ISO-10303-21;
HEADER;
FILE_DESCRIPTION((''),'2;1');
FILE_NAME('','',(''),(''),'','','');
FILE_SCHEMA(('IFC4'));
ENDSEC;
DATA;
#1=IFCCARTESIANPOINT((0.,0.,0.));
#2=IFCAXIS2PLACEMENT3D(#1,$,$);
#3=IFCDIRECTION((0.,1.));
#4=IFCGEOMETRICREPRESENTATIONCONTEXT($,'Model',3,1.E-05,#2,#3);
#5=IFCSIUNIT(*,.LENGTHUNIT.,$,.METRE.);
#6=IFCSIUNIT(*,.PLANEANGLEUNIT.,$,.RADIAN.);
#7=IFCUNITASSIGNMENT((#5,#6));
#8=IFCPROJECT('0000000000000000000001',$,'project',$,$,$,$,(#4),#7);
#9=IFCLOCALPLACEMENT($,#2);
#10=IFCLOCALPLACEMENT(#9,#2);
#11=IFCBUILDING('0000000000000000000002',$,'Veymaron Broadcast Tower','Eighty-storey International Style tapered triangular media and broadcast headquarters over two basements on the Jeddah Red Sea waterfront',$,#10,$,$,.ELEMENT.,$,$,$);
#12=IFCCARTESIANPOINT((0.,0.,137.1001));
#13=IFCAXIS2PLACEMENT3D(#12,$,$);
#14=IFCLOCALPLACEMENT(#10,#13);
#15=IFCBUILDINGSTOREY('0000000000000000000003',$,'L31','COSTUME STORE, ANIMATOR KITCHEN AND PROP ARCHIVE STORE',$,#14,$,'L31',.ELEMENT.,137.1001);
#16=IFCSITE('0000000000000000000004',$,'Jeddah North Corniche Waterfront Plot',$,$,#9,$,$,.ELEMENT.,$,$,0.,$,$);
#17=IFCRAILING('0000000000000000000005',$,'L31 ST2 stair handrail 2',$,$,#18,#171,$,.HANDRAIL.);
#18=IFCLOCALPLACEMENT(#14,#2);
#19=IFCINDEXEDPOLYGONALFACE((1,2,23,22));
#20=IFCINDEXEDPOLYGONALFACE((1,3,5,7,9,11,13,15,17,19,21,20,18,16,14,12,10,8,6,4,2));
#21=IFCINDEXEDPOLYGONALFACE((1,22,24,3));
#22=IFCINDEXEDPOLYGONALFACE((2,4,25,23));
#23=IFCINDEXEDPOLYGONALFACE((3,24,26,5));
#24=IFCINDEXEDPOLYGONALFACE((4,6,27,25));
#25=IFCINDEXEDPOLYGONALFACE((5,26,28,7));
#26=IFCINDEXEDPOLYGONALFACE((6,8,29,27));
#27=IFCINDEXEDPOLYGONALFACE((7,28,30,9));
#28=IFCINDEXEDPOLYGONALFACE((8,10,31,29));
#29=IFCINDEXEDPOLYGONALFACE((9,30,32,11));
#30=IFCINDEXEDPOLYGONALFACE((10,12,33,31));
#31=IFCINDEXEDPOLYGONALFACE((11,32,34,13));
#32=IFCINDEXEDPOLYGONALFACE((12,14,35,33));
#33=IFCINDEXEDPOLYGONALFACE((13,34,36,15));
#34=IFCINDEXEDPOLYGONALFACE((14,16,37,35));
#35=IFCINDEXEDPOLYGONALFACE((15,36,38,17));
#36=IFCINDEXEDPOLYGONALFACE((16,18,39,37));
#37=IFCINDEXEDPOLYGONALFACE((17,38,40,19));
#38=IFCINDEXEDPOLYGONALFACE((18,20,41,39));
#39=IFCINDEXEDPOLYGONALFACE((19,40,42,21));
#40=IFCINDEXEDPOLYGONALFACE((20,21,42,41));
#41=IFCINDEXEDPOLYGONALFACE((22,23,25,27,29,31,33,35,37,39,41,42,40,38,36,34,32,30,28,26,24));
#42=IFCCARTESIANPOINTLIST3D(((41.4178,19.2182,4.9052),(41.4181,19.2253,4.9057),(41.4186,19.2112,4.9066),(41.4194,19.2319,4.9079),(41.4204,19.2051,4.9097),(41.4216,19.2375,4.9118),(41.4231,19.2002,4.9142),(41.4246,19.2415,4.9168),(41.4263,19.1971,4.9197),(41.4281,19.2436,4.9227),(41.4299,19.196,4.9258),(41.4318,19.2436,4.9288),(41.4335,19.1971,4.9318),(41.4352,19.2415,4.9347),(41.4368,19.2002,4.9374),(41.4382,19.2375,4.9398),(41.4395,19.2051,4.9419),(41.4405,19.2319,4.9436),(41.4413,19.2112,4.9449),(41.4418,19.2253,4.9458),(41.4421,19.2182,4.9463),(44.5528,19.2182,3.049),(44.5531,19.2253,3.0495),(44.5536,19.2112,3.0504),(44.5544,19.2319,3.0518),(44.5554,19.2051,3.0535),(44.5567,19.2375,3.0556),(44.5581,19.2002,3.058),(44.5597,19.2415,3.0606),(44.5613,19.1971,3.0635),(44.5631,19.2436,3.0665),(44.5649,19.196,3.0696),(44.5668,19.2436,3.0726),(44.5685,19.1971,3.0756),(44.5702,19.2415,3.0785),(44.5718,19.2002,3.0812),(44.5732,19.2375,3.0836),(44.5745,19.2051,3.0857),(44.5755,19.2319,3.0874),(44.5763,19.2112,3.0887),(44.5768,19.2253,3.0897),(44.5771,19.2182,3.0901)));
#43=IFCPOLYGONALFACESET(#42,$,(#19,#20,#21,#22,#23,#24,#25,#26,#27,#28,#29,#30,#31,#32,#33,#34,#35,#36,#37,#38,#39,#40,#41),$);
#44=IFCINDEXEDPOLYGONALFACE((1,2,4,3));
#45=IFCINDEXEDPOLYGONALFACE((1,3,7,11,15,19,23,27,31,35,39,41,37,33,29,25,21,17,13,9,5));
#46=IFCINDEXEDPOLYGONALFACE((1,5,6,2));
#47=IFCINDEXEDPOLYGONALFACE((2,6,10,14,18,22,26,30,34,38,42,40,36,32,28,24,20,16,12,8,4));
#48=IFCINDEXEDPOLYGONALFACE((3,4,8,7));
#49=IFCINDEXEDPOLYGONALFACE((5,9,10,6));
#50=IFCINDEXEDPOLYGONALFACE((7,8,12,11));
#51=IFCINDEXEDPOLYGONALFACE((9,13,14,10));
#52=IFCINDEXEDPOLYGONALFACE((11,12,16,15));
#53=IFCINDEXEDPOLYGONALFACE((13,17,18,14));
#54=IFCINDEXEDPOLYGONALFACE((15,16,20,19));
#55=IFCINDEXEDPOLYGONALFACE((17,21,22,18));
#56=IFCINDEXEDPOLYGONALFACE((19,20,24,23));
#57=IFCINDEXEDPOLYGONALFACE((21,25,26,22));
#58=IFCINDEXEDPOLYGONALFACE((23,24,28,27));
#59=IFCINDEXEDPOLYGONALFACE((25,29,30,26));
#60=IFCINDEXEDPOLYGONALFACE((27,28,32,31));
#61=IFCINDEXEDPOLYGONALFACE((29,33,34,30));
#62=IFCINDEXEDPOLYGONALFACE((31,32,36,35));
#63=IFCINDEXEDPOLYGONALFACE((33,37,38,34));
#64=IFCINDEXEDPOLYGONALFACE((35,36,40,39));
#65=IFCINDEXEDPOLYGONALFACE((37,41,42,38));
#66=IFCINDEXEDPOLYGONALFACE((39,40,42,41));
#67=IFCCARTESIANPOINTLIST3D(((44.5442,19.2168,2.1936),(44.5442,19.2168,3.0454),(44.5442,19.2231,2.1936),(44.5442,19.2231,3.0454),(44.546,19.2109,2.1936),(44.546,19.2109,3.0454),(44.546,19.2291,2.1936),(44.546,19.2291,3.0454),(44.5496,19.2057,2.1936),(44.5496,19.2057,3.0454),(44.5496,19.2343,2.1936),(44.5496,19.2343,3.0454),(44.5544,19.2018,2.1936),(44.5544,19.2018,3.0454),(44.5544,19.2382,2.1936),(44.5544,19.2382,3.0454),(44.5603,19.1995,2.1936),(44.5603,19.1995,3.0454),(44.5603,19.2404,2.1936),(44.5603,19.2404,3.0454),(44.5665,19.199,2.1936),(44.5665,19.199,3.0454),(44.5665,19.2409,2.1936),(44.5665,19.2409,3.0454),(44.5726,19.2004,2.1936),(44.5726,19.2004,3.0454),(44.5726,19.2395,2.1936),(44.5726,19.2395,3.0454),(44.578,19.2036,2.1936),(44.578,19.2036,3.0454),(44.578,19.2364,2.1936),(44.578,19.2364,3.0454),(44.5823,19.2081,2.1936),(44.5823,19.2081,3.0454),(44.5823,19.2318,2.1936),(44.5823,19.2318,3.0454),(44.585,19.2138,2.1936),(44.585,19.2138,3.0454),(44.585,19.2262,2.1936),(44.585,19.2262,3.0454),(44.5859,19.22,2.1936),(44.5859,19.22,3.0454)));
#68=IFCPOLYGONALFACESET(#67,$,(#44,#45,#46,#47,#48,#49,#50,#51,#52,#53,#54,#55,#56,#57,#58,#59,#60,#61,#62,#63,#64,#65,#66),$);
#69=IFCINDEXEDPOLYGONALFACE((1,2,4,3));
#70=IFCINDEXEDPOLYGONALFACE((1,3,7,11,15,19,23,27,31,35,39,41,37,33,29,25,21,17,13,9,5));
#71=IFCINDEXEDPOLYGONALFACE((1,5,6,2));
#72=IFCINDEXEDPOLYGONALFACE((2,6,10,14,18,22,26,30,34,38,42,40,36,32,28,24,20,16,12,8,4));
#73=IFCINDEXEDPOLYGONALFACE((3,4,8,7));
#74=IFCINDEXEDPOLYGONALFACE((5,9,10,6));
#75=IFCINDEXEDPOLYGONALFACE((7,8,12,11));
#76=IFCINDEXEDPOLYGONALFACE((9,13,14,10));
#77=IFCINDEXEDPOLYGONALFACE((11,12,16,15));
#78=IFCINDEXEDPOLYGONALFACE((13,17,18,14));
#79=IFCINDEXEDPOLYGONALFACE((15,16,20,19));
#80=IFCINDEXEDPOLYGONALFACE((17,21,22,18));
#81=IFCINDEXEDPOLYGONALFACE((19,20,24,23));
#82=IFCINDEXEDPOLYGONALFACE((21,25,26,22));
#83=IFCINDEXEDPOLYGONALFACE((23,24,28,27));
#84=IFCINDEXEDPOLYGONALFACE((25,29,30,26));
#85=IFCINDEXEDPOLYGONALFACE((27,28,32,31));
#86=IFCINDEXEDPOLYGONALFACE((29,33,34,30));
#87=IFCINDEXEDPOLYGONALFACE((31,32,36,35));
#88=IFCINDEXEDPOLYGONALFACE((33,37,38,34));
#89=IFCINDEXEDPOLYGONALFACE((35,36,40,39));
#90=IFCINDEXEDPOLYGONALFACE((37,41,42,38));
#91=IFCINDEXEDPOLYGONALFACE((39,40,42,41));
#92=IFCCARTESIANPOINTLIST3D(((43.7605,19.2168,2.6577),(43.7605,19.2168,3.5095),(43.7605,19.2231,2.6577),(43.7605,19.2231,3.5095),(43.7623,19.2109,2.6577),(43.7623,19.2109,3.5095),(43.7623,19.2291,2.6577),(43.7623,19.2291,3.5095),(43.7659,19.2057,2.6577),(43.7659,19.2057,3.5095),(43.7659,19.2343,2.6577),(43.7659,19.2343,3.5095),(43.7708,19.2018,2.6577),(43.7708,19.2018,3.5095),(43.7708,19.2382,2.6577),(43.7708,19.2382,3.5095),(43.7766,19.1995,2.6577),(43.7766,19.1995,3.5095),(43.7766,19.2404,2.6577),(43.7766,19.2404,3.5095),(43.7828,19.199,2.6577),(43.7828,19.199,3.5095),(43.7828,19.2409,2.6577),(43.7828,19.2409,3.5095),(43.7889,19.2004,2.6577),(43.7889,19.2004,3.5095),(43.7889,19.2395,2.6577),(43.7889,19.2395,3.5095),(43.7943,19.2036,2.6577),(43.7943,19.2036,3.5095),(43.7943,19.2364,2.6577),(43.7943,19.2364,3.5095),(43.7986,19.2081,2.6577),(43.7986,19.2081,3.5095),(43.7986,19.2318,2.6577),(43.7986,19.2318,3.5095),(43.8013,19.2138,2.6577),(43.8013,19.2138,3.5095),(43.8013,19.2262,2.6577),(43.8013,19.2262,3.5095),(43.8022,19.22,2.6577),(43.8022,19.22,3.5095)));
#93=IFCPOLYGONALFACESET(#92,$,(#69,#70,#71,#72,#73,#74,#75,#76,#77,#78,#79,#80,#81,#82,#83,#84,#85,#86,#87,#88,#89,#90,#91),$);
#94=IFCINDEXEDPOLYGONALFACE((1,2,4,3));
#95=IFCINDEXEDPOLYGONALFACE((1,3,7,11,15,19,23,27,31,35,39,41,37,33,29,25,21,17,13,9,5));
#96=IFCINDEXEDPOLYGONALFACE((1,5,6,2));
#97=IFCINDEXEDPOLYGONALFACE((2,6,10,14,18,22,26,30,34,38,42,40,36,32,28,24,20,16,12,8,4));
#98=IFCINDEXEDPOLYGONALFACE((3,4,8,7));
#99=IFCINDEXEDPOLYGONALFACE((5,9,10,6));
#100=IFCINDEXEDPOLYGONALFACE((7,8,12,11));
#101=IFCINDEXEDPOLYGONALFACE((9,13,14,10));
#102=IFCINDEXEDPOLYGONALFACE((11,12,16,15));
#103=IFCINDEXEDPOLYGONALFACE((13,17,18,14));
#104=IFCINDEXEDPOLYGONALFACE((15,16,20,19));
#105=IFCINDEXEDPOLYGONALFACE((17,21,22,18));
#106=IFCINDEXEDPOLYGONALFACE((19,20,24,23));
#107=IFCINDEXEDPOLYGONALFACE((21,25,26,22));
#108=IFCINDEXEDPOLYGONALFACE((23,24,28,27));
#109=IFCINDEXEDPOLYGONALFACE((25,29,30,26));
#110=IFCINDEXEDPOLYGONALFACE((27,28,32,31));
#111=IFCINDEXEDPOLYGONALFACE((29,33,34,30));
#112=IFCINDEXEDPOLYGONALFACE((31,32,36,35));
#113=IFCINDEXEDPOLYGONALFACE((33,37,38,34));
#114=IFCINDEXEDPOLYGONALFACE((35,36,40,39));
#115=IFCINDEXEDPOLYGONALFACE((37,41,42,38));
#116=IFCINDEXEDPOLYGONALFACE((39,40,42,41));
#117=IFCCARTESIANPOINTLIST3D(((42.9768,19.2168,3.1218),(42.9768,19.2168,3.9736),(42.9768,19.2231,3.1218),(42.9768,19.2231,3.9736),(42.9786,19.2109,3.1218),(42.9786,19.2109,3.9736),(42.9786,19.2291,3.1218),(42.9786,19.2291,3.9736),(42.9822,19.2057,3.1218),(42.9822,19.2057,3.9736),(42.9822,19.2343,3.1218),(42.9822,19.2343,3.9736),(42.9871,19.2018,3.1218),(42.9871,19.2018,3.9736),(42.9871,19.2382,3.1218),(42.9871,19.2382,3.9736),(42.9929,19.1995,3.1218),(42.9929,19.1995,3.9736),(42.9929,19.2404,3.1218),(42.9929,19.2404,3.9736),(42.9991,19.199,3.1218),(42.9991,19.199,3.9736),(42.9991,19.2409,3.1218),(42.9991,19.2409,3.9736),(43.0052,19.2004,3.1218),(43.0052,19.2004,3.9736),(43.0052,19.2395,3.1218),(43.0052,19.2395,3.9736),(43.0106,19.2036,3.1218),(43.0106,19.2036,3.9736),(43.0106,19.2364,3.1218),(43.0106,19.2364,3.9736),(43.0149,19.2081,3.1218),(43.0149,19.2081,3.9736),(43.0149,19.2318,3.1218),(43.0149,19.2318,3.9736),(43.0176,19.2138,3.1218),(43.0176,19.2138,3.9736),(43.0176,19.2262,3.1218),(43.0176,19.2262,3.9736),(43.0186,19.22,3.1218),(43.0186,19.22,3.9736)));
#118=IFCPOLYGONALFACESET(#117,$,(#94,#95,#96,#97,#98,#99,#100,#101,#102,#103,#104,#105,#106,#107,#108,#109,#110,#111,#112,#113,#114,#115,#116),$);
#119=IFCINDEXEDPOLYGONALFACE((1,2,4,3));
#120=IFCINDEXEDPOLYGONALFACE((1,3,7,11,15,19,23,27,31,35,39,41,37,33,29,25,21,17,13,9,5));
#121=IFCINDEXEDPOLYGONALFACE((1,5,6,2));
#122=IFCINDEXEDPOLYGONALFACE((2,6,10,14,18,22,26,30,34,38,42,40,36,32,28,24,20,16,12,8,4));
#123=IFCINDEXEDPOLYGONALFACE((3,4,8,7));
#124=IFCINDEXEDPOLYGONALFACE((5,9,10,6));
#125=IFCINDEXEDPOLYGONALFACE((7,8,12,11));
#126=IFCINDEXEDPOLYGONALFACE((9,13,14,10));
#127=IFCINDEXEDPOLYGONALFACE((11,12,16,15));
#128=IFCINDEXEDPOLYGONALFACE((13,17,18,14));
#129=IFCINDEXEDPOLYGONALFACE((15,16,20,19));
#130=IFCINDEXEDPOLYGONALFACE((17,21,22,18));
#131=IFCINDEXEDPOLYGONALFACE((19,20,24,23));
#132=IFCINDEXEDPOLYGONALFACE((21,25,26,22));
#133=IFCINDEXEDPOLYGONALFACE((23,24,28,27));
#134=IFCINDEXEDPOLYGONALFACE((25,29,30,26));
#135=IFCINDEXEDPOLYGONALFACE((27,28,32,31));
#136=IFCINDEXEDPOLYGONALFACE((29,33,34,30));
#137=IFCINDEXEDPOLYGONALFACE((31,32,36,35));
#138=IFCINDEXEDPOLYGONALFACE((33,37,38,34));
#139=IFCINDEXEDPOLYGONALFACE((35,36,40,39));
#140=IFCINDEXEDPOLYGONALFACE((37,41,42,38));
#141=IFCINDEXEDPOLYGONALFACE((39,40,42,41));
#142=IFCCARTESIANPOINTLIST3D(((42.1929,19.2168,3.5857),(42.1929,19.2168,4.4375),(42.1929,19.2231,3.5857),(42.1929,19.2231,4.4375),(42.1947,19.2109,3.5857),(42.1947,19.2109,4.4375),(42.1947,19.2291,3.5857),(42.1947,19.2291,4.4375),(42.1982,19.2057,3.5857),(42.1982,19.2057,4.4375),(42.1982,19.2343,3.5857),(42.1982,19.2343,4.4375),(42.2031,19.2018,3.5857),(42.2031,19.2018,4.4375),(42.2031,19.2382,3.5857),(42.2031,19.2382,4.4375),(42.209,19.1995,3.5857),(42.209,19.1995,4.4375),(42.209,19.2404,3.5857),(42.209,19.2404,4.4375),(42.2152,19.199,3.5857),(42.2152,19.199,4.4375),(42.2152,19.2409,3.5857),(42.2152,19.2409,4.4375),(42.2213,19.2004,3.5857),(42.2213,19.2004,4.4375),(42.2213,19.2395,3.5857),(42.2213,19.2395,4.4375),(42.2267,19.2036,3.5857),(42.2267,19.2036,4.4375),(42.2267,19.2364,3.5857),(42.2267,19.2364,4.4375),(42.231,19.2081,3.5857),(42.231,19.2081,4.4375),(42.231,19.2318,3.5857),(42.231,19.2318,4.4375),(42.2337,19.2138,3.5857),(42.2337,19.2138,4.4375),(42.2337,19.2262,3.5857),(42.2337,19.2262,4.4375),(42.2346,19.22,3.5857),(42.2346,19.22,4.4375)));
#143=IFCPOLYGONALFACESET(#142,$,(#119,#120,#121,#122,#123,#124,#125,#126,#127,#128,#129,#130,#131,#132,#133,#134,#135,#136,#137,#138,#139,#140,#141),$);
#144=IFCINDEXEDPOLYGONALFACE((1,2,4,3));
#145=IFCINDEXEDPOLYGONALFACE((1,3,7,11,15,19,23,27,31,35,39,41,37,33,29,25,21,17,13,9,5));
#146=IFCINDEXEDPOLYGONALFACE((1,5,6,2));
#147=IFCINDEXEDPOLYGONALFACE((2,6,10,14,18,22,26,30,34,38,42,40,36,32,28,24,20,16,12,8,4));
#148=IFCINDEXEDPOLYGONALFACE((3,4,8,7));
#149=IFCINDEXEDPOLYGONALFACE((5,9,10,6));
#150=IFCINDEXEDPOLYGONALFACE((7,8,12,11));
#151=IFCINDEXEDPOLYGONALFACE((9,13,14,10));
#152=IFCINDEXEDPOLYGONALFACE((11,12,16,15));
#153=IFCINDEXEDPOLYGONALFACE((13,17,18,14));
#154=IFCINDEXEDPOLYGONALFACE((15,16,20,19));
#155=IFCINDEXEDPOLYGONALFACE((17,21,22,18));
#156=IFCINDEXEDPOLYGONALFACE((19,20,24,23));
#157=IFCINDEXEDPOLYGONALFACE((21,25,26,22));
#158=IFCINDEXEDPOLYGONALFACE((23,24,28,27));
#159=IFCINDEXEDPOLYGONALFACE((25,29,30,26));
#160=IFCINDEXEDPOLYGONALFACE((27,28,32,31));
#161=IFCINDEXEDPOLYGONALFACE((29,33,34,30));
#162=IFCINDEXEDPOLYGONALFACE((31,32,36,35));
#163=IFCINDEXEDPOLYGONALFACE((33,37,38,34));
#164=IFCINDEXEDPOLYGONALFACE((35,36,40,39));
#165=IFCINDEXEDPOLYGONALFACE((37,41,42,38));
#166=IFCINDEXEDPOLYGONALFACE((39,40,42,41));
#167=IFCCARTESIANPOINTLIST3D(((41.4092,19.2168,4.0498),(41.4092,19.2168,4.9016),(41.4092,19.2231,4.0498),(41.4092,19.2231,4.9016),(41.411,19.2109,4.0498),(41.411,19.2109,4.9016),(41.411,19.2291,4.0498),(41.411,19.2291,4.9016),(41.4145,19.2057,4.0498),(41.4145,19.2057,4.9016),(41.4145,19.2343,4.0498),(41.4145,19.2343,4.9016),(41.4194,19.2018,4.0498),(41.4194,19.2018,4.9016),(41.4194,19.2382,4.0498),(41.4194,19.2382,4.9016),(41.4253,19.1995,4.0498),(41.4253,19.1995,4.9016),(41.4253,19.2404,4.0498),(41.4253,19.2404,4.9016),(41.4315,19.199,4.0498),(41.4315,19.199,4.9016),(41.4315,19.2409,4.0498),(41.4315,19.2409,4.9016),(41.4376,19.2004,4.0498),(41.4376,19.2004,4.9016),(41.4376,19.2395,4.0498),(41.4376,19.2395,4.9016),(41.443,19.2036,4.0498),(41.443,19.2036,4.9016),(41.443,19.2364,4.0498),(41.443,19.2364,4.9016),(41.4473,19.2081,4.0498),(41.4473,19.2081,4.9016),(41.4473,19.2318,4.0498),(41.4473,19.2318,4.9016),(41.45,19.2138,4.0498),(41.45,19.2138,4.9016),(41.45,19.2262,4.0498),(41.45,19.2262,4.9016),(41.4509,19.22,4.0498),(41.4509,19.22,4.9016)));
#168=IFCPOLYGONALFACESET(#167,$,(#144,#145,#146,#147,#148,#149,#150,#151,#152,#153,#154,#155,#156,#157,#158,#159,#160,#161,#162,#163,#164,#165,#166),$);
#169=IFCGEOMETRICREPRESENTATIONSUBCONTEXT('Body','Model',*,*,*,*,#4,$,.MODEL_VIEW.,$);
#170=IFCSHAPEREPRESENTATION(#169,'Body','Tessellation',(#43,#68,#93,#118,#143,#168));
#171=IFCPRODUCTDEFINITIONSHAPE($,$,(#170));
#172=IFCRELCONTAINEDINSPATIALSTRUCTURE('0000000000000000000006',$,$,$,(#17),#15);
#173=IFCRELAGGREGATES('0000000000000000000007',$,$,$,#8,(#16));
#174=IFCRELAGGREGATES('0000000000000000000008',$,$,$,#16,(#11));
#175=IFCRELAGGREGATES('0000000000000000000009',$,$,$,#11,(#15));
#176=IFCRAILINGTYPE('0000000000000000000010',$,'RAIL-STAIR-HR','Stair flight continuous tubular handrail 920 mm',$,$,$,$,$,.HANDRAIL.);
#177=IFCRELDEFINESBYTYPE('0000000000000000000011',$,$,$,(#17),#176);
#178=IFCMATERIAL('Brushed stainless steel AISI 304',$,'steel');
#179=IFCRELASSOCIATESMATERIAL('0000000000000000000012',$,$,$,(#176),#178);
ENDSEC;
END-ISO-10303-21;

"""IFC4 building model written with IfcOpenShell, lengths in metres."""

from ifc_helpers import new_model, si_unit, direction, frame, origin, origin_2d, place, context, subcontext, project, spatial, circle, extrude, material, type_object, element, save


model = new_model("IFC4")

# Units and contexts
model_context = context("Model", 3, precision=1e-05, world=origin(), true_north=direction((0.0, 1.0)))
body_context = subcontext(model_context, "Body", "Model", "MODEL_VIEW")
ifc_project = project(units=[si_unit("LENGTHUNIT", "METRE"), si_unit("PLANEANGLEUNIT", "RADIAN")], contexts=[model_context])

# Site, building, storey
site_placement = place(None, origin())
site = spatial("IfcSite", under=ifc_project, at=site_placement, Name="Jeddah North Corniche Waterfront Plot", CompositionType="ELEMENT", RefElevation=0.0)
building_placement = place(site_placement, origin())
building = spatial("IfcBuilding", under=site, at=building_placement, Name="Veymaron Broadcast Tower", Description="Eighty-storey International Style tapered triangular media and broadcast headquarters over two basements on the Jeddah Red Sea waterfront", CompositionType="ELEMENT")
storey_placement = place(building_placement, frame((0.0, 0.0, 137.1001)))
storey = spatial("IfcBuildingStorey", under=building, at=storey_placement, Name="L31", Description="COSTUME STORE, ANIMATOR KITCHEN AND PROP ARCHIVE STORE", LongName="L31", CompositionType="ELEMENT", Elevation=137.1001)

# Railing
ifc_material_1 = material(Name="Brushed stainless steel AISI 304", Category="steel")
railing_type_1 = type_object("IfcRailingType", Name="RAIL-STAIR-HR", Description="Stair flight continuous tubular handrail 920 mm", PredefinedType="HANDRAIL", material=ifc_material_1)
railing_1_placement = place(storey_placement, frame((44.5649, 19.22, 2.1936)))
element("IfcRailing", 1, at=railing_1_placement, inside=storey, type_object=railing_type_1, Name="L31 ST2 stair handrail 2", PredefinedType="HANDRAIL", context=body_context, shape_type="SweptSolid", body=[
    extrude(circle(Radius=0.0239, at=origin_2d()), frame((0.0, 0.0, 0.876), z_axis=(-0.860482, 0.0, 0.509481), x_axis=(0.0, -1.0, 0.0)), (0.0, 0.0, 1.0), 3.6433),
    extrude(circle(Radius=0.021, at=origin_2d()), origin(), (0.0, 0.0, 1.0), 0.8518),
    extrude(circle(Radius=0.021, at=origin_2d()), frame((-0.7837, 0.0, 0.4641)), (0.0, 0.0, 1.0), 0.8518),
    extrude(circle(Radius=0.021, at=origin_2d()), frame((-1.5674, 0.0, 0.9282)), (0.0, 0.0, 1.0), 0.8518),
    extrude(circle(Radius=0.021, at=origin_2d()), frame((-2.3513, 0.0, 1.3921)), (0.0, 0.0, 1.0), 0.8518),
    extrude(circle(Radius=0.021, at=origin_2d()), frame((-3.135, 0.0, 1.8562)), (0.0, 0.0, 1.0), 0.8518),
])

save(model, "model.ifc")
